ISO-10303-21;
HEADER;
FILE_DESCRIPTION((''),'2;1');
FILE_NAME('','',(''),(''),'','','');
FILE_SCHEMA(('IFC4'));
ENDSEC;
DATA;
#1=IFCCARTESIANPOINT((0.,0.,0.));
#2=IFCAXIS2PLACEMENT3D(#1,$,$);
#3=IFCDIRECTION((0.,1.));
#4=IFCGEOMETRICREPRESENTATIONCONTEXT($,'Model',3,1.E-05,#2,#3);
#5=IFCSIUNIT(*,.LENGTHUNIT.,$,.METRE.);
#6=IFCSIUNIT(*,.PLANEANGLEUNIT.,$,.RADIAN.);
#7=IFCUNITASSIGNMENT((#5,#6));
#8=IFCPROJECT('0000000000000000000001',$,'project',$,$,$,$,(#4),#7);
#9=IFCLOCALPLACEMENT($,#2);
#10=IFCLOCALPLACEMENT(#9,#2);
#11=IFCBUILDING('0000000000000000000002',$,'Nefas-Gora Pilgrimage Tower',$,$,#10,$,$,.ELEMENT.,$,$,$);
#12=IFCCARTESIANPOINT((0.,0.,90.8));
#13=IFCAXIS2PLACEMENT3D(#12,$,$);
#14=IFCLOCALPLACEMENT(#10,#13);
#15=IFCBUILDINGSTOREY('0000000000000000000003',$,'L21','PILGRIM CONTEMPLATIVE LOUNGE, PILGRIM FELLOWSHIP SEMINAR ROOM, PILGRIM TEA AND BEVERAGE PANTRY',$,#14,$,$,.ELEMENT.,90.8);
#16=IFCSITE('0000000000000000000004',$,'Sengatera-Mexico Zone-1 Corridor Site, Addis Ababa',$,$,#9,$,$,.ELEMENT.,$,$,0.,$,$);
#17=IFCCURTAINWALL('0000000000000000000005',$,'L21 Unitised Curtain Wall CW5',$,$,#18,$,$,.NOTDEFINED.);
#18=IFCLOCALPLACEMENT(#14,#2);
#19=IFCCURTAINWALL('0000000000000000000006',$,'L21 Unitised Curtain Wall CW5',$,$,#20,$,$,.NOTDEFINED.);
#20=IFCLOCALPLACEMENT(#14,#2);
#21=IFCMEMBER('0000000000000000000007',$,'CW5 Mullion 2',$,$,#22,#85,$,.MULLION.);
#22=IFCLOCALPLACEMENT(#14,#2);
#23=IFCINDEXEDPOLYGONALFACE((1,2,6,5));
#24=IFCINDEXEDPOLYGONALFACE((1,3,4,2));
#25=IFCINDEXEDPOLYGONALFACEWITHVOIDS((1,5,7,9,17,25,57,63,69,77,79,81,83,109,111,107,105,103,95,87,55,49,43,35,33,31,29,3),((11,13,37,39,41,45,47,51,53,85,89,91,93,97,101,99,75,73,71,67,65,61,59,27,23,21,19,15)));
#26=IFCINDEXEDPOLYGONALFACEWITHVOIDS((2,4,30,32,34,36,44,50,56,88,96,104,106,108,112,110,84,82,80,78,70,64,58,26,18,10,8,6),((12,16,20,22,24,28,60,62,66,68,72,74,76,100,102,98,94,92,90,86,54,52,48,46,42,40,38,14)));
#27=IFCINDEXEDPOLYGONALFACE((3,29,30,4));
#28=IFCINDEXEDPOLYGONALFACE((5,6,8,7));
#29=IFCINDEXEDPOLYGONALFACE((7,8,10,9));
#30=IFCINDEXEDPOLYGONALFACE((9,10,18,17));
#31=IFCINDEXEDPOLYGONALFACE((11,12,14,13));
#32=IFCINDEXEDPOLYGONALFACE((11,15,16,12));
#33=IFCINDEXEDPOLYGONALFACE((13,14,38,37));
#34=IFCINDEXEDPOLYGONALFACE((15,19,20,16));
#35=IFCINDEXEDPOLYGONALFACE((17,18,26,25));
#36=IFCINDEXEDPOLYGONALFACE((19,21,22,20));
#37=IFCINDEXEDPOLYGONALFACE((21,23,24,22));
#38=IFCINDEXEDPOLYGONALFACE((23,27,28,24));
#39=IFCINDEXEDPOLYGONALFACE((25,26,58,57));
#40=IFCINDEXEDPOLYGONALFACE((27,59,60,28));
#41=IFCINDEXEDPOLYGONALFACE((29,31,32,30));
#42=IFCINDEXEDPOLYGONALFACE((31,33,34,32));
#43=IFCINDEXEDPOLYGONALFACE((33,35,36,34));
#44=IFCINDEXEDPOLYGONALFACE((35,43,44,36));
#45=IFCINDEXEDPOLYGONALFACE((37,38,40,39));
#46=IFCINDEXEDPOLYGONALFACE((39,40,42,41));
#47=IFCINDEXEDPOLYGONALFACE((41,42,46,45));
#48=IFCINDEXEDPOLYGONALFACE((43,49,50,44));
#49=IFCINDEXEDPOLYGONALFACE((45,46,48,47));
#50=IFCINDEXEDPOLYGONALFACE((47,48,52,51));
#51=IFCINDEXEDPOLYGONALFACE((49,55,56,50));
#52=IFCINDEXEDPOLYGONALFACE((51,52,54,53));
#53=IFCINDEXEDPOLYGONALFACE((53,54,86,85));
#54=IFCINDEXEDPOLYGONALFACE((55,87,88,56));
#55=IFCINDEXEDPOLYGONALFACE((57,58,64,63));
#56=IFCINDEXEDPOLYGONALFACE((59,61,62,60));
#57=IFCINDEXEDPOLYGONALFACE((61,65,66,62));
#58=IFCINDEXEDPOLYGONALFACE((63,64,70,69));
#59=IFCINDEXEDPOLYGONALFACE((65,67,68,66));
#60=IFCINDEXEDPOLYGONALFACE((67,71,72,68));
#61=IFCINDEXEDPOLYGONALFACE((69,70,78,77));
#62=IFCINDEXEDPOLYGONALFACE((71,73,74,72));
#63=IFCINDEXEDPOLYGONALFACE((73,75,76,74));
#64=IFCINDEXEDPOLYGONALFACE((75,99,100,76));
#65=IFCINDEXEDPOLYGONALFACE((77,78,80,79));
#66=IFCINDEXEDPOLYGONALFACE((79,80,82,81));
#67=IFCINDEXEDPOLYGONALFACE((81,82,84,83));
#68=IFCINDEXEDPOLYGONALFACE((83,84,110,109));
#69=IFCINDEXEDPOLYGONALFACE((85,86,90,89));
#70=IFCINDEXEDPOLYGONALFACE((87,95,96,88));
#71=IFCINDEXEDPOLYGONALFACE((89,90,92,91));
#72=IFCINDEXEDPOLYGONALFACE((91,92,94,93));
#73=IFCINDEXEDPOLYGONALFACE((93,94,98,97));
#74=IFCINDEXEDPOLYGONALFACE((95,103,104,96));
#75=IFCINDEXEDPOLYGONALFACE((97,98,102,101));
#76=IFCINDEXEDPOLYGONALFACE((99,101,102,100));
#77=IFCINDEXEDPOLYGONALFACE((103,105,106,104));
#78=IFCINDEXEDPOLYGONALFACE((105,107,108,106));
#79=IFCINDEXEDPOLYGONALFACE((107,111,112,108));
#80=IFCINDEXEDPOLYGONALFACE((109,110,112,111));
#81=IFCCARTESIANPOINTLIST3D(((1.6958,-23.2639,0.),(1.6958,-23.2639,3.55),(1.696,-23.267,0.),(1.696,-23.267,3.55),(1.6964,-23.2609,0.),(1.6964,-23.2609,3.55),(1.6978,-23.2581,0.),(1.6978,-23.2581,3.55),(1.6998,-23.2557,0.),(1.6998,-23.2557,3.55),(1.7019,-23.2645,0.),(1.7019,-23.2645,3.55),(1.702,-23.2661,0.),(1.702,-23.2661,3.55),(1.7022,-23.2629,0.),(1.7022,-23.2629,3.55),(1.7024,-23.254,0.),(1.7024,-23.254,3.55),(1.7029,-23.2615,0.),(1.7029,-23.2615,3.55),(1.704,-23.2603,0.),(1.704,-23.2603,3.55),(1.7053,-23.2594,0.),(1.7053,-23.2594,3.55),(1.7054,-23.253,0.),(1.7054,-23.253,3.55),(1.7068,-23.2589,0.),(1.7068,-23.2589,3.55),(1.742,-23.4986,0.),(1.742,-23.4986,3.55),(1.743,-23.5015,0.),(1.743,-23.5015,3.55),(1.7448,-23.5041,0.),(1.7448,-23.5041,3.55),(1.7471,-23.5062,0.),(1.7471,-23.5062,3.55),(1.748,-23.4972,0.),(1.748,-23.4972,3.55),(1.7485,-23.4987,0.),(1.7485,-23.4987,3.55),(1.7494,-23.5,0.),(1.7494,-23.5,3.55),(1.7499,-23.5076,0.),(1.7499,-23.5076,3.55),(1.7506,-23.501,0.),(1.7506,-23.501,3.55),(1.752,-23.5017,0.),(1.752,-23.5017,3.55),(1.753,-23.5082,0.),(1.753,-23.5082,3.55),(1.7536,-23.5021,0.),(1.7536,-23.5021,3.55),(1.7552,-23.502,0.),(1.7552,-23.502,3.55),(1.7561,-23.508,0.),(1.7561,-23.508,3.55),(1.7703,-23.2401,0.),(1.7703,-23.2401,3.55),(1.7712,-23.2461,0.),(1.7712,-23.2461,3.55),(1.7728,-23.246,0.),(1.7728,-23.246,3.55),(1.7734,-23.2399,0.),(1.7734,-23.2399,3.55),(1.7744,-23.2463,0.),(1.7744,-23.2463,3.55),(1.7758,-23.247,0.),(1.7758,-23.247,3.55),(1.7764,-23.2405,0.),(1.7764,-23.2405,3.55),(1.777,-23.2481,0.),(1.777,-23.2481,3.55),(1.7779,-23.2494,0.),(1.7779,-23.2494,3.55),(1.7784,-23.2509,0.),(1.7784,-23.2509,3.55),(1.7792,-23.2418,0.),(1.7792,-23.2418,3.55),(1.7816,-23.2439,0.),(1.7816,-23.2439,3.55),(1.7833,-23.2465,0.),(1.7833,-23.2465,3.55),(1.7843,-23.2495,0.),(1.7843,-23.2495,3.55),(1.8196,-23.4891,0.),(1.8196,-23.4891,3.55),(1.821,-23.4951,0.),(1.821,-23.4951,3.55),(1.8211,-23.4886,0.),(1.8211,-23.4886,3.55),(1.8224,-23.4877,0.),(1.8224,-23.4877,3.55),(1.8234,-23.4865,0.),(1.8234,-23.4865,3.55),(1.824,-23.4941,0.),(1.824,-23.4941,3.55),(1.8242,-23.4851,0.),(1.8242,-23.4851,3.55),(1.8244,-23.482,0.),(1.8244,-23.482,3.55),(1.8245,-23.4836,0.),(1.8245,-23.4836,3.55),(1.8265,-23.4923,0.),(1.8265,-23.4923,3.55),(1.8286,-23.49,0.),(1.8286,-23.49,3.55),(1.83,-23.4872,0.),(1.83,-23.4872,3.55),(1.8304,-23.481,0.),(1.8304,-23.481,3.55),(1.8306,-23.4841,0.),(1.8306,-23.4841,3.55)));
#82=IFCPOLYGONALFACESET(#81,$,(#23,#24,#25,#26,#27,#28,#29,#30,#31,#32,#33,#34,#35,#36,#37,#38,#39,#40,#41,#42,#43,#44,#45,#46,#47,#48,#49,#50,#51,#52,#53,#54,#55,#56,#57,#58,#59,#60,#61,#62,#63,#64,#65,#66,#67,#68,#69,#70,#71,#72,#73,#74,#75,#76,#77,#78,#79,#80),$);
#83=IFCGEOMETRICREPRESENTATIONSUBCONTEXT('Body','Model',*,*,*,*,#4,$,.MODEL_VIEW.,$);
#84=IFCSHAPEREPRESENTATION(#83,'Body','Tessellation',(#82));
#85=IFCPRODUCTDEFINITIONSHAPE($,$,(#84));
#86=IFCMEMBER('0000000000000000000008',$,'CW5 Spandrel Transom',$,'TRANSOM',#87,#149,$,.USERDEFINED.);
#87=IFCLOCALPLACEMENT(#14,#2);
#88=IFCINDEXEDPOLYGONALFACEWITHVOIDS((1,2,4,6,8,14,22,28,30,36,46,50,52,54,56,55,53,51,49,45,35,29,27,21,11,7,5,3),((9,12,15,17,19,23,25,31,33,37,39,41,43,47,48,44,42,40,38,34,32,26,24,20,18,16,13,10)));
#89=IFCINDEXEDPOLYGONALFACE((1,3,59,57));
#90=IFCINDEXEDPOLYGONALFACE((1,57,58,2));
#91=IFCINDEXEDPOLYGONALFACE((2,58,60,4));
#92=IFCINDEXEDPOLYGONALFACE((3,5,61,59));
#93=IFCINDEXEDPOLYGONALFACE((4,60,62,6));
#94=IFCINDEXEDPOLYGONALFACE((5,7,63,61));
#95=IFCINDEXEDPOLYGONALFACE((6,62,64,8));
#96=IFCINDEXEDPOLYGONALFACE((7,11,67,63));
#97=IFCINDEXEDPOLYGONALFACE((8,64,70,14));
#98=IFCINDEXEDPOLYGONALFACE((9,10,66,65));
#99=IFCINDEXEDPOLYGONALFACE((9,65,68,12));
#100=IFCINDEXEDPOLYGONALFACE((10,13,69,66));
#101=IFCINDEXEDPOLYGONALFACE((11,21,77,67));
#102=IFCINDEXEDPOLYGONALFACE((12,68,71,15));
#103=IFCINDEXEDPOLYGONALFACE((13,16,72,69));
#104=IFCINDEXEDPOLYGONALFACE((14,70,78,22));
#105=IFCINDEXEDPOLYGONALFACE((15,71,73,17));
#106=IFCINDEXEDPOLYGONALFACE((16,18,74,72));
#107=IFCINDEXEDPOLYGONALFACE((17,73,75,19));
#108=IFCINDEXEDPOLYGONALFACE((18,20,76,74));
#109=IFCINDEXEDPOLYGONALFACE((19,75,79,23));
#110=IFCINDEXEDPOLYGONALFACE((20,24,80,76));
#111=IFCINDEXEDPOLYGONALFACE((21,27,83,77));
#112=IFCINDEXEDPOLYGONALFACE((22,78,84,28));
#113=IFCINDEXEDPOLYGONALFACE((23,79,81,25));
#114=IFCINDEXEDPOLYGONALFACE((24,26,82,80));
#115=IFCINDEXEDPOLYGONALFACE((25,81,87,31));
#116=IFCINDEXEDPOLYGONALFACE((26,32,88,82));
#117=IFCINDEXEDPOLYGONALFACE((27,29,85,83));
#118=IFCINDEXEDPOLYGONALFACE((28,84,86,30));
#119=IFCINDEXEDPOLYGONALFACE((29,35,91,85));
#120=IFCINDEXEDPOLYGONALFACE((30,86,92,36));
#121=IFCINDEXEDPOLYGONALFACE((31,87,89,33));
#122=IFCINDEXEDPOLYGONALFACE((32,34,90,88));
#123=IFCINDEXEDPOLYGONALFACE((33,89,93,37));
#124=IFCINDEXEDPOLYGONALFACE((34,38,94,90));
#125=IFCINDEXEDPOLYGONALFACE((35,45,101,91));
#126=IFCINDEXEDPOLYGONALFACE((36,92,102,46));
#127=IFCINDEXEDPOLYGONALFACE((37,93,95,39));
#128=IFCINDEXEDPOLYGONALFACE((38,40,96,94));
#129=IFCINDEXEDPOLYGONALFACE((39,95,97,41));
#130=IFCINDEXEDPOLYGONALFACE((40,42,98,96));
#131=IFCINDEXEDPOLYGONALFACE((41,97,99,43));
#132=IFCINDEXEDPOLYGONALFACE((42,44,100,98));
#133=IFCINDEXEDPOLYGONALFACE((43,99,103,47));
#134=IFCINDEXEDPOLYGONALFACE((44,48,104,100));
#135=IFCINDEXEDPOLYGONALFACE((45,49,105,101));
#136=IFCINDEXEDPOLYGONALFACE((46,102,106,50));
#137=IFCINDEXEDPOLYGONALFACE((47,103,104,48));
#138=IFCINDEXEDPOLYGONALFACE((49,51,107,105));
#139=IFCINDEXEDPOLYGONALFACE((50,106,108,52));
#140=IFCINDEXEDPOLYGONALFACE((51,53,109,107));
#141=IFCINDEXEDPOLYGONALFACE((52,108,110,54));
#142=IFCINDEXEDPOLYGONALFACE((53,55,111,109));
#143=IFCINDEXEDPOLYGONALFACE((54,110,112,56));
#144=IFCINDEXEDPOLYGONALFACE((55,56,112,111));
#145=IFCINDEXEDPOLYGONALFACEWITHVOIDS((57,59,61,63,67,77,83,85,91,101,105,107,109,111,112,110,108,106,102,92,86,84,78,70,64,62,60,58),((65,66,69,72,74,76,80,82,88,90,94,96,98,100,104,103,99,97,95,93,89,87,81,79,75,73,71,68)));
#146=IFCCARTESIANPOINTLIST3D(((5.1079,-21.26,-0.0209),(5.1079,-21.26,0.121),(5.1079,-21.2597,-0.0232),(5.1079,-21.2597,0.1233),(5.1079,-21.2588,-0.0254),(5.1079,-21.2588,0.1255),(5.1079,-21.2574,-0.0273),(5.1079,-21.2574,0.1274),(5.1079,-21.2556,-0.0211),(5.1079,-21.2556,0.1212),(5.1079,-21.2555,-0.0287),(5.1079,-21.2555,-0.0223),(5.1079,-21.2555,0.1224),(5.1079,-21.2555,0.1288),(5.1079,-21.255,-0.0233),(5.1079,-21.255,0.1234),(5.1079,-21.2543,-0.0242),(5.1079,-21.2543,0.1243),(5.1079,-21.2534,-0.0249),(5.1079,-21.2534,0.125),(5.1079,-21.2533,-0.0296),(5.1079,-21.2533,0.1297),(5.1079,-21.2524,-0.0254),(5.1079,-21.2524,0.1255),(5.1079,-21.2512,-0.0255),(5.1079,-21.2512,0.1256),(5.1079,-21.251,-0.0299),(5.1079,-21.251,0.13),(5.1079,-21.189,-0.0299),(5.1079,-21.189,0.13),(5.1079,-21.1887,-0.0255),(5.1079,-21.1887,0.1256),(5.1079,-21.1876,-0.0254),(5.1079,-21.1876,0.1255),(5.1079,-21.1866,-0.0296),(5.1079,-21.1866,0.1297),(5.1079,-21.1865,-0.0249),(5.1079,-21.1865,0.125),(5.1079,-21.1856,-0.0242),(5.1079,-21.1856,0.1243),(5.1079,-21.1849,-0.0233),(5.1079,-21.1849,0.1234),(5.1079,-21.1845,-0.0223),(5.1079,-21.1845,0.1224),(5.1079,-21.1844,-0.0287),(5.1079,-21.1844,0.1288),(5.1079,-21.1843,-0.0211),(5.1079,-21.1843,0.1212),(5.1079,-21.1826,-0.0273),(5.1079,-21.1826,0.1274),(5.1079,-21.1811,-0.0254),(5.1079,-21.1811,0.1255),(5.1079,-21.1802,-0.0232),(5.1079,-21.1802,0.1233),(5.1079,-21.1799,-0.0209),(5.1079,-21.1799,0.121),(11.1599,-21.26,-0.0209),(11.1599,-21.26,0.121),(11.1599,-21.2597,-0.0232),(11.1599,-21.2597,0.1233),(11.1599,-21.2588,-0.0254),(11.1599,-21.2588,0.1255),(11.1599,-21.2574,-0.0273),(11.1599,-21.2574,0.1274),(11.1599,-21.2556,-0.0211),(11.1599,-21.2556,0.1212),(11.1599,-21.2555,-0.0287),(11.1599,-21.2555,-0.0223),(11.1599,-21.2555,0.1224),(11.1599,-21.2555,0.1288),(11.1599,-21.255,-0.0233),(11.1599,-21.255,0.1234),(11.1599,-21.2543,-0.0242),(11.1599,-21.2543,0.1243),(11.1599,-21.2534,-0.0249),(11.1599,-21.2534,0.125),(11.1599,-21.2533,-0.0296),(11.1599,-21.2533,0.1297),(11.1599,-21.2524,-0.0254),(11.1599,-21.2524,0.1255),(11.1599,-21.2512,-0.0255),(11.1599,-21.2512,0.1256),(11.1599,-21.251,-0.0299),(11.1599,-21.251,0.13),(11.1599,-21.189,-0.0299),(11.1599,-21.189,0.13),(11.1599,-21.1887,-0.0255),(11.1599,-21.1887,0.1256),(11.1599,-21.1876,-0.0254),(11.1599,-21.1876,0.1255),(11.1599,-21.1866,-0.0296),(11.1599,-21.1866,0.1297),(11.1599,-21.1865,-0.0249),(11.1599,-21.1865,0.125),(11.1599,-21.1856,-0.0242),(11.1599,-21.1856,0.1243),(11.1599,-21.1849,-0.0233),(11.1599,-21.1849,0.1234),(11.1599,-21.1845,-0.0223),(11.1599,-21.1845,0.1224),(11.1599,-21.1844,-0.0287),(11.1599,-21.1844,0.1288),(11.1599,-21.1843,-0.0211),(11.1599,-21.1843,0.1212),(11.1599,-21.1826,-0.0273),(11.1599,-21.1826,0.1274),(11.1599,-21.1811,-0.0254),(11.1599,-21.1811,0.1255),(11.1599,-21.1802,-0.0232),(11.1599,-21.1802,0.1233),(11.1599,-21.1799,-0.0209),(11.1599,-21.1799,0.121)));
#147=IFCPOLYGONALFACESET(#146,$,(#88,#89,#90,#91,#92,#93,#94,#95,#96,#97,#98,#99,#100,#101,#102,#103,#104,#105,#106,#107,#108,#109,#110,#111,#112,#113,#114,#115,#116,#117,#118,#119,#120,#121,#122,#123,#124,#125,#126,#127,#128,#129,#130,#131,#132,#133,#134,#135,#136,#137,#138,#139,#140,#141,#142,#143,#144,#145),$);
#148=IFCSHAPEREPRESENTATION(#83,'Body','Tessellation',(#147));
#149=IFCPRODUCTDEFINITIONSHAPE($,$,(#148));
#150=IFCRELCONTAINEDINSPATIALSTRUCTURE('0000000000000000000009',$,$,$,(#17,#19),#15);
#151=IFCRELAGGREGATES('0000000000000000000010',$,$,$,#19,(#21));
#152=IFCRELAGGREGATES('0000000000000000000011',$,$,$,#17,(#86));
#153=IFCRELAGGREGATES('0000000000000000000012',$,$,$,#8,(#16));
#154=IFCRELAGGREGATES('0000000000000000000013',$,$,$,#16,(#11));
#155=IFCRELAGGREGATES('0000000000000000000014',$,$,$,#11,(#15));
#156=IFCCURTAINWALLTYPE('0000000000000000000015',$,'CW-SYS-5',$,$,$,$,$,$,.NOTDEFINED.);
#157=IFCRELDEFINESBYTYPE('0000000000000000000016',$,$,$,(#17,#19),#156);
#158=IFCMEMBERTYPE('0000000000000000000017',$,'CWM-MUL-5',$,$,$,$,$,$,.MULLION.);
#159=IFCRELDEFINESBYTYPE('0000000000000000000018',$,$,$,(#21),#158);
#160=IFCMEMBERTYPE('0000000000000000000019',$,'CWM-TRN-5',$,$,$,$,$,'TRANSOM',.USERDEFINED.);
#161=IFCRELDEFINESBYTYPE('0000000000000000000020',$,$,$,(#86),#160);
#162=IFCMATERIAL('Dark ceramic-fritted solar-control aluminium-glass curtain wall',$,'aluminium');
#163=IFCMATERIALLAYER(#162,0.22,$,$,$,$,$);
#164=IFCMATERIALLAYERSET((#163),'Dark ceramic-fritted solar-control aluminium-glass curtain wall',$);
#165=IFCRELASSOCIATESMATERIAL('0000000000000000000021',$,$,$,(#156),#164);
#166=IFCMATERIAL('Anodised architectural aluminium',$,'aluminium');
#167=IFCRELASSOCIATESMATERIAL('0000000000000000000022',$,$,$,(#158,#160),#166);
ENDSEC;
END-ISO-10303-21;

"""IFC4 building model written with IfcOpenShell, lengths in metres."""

from ifc_helpers import new_model, si_unit, direction, frame, origin, origin_2d, place, context, subcontext, project, spatial, hollow_rectangle, extrude, source, transform, mapped, material, layer, layer_set, material_profile, profile_set, type_object, element, aggregate, save


model = new_model("IFC4")

# Units and contexts
model_context = context("Model", 3, precision=1e-05, world=origin(), true_north=direction((0.0, 1.0)))
body_context = subcontext(model_context, "Body", "Model", "MODEL_VIEW")
ifc_project = project(units=[si_unit("LENGTHUNIT", "METRE"), si_unit("PLANEANGLEUNIT", "RADIAN")], contexts=[model_context])

# Site, building, storey
site_placement = place(None, origin())
site = spatial("IfcSite", under=ifc_project, at=site_placement, Name="Sengatera-Mexico Zone-1 Corridor Site, Addis Ababa", CompositionType="ELEMENT", RefElevation=0.0)
building_placement = place(site_placement, origin())
building = spatial("IfcBuilding", under=site, at=building_placement, Name="Nefas-Gora Pilgrimage Tower", CompositionType="ELEMENT")
storey_placement = place(building_placement, frame((0.0, 0.0, 90.8)))
storey = spatial("IfcBuildingStorey", under=building, at=storey_placement, Name="L21", Description="PILGRIM CONTEMPLATIVE LOUNGE, PILGRIM FELLOWSHIP SEMINAR ROOM, PILGRIM TEA AND BEVERAGE PANTRY", CompositionType="ELEMENT", Elevation=90.8)

# Curtain wall
ifc_material_1 = material(Name="Dark ceramic-fritted solar-control aluminium-glass curtain wall", Category="aluminium")
ifc_layer_1 = layer(ifc_material_1, 0.22)
ifc_layer_set_1 = layer_set([ifc_layer_1], Name="Dark ceramic-fritted solar-control aluminium-glass curtain wall")
curtain_wall_type_1 = type_object("IfcCurtainWallType", Name="CW-SYS-5", PredefinedType="NOTDEFINED", material=ifc_layer_set_1)
curtain_wall_1_placement = place(storey_placement, origin())
curtain_wall_1 = element("IfcCurtainWall", 1, at=curtain_wall_1_placement, inside=storey, type_object=curtain_wall_type_1, Name="L21 Unitised Curtain Wall CW5", PredefinedType="NOTDEFINED")
ifc_material_2 = material(Name="Anodised architectural aluminium", Category="aluminium")
ifc_material_profile_1 = material_profile(ifc_material_2, hollow_rectangle(XDim=0.0901, YDim=0.26, WallThickness=0.0061, InnerFilletRadius=0.0061, OuterFilletRadius=0.012, at=origin_2d()), Name="ALU MULLION 90x260")
ifc_profile_set_1 = profile_set([ifc_material_profile_1], Name="Anodised architectural aluminium")
member_type_1 = type_object("IfcMemberType", Name="CWM-MUL-5", PredefinedType="MULLION", material=ifc_profile_set_1)
shared_shape_1 = source(origin(), body_context, "Body", "SweptSolid", [
    extrude(hollow_rectangle(XDim=0.0901, YDim=0.26, WallThickness=0.0061, InnerFilletRadius=0.0061, OuterFilletRadius=0.012, at=origin_2d()), origin(), (0.0, 0.0, 1.0), 3.55),
])

# Curtain wall, member
curtain_wall_2_placement = place(storey_placement, origin())
curtain_wall_2 = element("IfcCurtainWall", 2, at=curtain_wall_2_placement, inside=storey, type_object=curtain_wall_type_1, Name="L21 Unitised Curtain Wall CW5", PredefinedType="NOTDEFINED")
member_1_placement = place(storey_placement, frame((1.7632, -23.374, 0.0), z_axis=(0.0, 0.0, 1.0), x_axis=(0.980783, 0.195102, 0.0)))
member_1 = element("IfcMember", 3, at=member_1_placement, type_object=member_type_1, Name="CW5 Mullion 2", PredefinedType="MULLION", context=body_context, shape_type="MappedRepresentation", body=[
    mapped(shared_shape_1, transform((0.0, 0.0, 0.0), x_axis=(1.0, 0.0, 0.0), y_axis=(0.0, 1.0, 0.0), z_axis=(0.0, 0.0, 1.0), scale=1.0)),
])
aggregate(curtain_wall_2, [member_1])

# Member
ifc_material_profile_2 = material_profile(ifc_material_2, hollow_rectangle(XDim=0.0801, YDim=0.1599, WallThickness=0.0044, InnerFilletRadius=0.0044, OuterFilletRadius=0.009, at=origin_2d()), Name="ALU TRANSOM 80x160")
ifc_profile_set_2 = profile_set([ifc_material_profile_2], Name="Anodised architectural aluminium")
member_type_2 = type_object("IfcMemberType", Name="CWM-TRN-5", ElementType="TRANSOM", PredefinedType="USERDEFINED", material=ifc_profile_set_2)
shared_shape_2 = source(origin(), body_context, "Body", "SweptSolid", [
    extrude(hollow_rectangle(XDim=0.0801, YDim=0.1599, WallThickness=0.0044, InnerFilletRadius=0.0044, OuterFilletRadius=0.009, at=origin_2d()), origin(), (0.0, 0.0, 1.0), 6.052),
])
member_2_placement = place(storey_placement, frame((5.1079, -21.22, 0.05), z_axis=(1.0, 0.0, 0.0), x_axis=(0.0, 1.0, 0.0)))
member_2 = element("IfcMember", 4, at=member_2_placement, type_object=member_type_2, Name="CW5 Spandrel Transom", ObjectType="TRANSOM", PredefinedType="USERDEFINED", context=body_context, shape_type="MappedRepresentation", body=[
    mapped(shared_shape_2, transform((0.0, 0.0, 0.0), x_axis=(1.0, 0.0, 0.0), y_axis=(0.0, 1.0, 0.0), z_axis=(0.0, 0.0, 1.0), scale=1.0)),
])

aggregate(curtain_wall_1, [member_2])

save(model, "model.ifc")
